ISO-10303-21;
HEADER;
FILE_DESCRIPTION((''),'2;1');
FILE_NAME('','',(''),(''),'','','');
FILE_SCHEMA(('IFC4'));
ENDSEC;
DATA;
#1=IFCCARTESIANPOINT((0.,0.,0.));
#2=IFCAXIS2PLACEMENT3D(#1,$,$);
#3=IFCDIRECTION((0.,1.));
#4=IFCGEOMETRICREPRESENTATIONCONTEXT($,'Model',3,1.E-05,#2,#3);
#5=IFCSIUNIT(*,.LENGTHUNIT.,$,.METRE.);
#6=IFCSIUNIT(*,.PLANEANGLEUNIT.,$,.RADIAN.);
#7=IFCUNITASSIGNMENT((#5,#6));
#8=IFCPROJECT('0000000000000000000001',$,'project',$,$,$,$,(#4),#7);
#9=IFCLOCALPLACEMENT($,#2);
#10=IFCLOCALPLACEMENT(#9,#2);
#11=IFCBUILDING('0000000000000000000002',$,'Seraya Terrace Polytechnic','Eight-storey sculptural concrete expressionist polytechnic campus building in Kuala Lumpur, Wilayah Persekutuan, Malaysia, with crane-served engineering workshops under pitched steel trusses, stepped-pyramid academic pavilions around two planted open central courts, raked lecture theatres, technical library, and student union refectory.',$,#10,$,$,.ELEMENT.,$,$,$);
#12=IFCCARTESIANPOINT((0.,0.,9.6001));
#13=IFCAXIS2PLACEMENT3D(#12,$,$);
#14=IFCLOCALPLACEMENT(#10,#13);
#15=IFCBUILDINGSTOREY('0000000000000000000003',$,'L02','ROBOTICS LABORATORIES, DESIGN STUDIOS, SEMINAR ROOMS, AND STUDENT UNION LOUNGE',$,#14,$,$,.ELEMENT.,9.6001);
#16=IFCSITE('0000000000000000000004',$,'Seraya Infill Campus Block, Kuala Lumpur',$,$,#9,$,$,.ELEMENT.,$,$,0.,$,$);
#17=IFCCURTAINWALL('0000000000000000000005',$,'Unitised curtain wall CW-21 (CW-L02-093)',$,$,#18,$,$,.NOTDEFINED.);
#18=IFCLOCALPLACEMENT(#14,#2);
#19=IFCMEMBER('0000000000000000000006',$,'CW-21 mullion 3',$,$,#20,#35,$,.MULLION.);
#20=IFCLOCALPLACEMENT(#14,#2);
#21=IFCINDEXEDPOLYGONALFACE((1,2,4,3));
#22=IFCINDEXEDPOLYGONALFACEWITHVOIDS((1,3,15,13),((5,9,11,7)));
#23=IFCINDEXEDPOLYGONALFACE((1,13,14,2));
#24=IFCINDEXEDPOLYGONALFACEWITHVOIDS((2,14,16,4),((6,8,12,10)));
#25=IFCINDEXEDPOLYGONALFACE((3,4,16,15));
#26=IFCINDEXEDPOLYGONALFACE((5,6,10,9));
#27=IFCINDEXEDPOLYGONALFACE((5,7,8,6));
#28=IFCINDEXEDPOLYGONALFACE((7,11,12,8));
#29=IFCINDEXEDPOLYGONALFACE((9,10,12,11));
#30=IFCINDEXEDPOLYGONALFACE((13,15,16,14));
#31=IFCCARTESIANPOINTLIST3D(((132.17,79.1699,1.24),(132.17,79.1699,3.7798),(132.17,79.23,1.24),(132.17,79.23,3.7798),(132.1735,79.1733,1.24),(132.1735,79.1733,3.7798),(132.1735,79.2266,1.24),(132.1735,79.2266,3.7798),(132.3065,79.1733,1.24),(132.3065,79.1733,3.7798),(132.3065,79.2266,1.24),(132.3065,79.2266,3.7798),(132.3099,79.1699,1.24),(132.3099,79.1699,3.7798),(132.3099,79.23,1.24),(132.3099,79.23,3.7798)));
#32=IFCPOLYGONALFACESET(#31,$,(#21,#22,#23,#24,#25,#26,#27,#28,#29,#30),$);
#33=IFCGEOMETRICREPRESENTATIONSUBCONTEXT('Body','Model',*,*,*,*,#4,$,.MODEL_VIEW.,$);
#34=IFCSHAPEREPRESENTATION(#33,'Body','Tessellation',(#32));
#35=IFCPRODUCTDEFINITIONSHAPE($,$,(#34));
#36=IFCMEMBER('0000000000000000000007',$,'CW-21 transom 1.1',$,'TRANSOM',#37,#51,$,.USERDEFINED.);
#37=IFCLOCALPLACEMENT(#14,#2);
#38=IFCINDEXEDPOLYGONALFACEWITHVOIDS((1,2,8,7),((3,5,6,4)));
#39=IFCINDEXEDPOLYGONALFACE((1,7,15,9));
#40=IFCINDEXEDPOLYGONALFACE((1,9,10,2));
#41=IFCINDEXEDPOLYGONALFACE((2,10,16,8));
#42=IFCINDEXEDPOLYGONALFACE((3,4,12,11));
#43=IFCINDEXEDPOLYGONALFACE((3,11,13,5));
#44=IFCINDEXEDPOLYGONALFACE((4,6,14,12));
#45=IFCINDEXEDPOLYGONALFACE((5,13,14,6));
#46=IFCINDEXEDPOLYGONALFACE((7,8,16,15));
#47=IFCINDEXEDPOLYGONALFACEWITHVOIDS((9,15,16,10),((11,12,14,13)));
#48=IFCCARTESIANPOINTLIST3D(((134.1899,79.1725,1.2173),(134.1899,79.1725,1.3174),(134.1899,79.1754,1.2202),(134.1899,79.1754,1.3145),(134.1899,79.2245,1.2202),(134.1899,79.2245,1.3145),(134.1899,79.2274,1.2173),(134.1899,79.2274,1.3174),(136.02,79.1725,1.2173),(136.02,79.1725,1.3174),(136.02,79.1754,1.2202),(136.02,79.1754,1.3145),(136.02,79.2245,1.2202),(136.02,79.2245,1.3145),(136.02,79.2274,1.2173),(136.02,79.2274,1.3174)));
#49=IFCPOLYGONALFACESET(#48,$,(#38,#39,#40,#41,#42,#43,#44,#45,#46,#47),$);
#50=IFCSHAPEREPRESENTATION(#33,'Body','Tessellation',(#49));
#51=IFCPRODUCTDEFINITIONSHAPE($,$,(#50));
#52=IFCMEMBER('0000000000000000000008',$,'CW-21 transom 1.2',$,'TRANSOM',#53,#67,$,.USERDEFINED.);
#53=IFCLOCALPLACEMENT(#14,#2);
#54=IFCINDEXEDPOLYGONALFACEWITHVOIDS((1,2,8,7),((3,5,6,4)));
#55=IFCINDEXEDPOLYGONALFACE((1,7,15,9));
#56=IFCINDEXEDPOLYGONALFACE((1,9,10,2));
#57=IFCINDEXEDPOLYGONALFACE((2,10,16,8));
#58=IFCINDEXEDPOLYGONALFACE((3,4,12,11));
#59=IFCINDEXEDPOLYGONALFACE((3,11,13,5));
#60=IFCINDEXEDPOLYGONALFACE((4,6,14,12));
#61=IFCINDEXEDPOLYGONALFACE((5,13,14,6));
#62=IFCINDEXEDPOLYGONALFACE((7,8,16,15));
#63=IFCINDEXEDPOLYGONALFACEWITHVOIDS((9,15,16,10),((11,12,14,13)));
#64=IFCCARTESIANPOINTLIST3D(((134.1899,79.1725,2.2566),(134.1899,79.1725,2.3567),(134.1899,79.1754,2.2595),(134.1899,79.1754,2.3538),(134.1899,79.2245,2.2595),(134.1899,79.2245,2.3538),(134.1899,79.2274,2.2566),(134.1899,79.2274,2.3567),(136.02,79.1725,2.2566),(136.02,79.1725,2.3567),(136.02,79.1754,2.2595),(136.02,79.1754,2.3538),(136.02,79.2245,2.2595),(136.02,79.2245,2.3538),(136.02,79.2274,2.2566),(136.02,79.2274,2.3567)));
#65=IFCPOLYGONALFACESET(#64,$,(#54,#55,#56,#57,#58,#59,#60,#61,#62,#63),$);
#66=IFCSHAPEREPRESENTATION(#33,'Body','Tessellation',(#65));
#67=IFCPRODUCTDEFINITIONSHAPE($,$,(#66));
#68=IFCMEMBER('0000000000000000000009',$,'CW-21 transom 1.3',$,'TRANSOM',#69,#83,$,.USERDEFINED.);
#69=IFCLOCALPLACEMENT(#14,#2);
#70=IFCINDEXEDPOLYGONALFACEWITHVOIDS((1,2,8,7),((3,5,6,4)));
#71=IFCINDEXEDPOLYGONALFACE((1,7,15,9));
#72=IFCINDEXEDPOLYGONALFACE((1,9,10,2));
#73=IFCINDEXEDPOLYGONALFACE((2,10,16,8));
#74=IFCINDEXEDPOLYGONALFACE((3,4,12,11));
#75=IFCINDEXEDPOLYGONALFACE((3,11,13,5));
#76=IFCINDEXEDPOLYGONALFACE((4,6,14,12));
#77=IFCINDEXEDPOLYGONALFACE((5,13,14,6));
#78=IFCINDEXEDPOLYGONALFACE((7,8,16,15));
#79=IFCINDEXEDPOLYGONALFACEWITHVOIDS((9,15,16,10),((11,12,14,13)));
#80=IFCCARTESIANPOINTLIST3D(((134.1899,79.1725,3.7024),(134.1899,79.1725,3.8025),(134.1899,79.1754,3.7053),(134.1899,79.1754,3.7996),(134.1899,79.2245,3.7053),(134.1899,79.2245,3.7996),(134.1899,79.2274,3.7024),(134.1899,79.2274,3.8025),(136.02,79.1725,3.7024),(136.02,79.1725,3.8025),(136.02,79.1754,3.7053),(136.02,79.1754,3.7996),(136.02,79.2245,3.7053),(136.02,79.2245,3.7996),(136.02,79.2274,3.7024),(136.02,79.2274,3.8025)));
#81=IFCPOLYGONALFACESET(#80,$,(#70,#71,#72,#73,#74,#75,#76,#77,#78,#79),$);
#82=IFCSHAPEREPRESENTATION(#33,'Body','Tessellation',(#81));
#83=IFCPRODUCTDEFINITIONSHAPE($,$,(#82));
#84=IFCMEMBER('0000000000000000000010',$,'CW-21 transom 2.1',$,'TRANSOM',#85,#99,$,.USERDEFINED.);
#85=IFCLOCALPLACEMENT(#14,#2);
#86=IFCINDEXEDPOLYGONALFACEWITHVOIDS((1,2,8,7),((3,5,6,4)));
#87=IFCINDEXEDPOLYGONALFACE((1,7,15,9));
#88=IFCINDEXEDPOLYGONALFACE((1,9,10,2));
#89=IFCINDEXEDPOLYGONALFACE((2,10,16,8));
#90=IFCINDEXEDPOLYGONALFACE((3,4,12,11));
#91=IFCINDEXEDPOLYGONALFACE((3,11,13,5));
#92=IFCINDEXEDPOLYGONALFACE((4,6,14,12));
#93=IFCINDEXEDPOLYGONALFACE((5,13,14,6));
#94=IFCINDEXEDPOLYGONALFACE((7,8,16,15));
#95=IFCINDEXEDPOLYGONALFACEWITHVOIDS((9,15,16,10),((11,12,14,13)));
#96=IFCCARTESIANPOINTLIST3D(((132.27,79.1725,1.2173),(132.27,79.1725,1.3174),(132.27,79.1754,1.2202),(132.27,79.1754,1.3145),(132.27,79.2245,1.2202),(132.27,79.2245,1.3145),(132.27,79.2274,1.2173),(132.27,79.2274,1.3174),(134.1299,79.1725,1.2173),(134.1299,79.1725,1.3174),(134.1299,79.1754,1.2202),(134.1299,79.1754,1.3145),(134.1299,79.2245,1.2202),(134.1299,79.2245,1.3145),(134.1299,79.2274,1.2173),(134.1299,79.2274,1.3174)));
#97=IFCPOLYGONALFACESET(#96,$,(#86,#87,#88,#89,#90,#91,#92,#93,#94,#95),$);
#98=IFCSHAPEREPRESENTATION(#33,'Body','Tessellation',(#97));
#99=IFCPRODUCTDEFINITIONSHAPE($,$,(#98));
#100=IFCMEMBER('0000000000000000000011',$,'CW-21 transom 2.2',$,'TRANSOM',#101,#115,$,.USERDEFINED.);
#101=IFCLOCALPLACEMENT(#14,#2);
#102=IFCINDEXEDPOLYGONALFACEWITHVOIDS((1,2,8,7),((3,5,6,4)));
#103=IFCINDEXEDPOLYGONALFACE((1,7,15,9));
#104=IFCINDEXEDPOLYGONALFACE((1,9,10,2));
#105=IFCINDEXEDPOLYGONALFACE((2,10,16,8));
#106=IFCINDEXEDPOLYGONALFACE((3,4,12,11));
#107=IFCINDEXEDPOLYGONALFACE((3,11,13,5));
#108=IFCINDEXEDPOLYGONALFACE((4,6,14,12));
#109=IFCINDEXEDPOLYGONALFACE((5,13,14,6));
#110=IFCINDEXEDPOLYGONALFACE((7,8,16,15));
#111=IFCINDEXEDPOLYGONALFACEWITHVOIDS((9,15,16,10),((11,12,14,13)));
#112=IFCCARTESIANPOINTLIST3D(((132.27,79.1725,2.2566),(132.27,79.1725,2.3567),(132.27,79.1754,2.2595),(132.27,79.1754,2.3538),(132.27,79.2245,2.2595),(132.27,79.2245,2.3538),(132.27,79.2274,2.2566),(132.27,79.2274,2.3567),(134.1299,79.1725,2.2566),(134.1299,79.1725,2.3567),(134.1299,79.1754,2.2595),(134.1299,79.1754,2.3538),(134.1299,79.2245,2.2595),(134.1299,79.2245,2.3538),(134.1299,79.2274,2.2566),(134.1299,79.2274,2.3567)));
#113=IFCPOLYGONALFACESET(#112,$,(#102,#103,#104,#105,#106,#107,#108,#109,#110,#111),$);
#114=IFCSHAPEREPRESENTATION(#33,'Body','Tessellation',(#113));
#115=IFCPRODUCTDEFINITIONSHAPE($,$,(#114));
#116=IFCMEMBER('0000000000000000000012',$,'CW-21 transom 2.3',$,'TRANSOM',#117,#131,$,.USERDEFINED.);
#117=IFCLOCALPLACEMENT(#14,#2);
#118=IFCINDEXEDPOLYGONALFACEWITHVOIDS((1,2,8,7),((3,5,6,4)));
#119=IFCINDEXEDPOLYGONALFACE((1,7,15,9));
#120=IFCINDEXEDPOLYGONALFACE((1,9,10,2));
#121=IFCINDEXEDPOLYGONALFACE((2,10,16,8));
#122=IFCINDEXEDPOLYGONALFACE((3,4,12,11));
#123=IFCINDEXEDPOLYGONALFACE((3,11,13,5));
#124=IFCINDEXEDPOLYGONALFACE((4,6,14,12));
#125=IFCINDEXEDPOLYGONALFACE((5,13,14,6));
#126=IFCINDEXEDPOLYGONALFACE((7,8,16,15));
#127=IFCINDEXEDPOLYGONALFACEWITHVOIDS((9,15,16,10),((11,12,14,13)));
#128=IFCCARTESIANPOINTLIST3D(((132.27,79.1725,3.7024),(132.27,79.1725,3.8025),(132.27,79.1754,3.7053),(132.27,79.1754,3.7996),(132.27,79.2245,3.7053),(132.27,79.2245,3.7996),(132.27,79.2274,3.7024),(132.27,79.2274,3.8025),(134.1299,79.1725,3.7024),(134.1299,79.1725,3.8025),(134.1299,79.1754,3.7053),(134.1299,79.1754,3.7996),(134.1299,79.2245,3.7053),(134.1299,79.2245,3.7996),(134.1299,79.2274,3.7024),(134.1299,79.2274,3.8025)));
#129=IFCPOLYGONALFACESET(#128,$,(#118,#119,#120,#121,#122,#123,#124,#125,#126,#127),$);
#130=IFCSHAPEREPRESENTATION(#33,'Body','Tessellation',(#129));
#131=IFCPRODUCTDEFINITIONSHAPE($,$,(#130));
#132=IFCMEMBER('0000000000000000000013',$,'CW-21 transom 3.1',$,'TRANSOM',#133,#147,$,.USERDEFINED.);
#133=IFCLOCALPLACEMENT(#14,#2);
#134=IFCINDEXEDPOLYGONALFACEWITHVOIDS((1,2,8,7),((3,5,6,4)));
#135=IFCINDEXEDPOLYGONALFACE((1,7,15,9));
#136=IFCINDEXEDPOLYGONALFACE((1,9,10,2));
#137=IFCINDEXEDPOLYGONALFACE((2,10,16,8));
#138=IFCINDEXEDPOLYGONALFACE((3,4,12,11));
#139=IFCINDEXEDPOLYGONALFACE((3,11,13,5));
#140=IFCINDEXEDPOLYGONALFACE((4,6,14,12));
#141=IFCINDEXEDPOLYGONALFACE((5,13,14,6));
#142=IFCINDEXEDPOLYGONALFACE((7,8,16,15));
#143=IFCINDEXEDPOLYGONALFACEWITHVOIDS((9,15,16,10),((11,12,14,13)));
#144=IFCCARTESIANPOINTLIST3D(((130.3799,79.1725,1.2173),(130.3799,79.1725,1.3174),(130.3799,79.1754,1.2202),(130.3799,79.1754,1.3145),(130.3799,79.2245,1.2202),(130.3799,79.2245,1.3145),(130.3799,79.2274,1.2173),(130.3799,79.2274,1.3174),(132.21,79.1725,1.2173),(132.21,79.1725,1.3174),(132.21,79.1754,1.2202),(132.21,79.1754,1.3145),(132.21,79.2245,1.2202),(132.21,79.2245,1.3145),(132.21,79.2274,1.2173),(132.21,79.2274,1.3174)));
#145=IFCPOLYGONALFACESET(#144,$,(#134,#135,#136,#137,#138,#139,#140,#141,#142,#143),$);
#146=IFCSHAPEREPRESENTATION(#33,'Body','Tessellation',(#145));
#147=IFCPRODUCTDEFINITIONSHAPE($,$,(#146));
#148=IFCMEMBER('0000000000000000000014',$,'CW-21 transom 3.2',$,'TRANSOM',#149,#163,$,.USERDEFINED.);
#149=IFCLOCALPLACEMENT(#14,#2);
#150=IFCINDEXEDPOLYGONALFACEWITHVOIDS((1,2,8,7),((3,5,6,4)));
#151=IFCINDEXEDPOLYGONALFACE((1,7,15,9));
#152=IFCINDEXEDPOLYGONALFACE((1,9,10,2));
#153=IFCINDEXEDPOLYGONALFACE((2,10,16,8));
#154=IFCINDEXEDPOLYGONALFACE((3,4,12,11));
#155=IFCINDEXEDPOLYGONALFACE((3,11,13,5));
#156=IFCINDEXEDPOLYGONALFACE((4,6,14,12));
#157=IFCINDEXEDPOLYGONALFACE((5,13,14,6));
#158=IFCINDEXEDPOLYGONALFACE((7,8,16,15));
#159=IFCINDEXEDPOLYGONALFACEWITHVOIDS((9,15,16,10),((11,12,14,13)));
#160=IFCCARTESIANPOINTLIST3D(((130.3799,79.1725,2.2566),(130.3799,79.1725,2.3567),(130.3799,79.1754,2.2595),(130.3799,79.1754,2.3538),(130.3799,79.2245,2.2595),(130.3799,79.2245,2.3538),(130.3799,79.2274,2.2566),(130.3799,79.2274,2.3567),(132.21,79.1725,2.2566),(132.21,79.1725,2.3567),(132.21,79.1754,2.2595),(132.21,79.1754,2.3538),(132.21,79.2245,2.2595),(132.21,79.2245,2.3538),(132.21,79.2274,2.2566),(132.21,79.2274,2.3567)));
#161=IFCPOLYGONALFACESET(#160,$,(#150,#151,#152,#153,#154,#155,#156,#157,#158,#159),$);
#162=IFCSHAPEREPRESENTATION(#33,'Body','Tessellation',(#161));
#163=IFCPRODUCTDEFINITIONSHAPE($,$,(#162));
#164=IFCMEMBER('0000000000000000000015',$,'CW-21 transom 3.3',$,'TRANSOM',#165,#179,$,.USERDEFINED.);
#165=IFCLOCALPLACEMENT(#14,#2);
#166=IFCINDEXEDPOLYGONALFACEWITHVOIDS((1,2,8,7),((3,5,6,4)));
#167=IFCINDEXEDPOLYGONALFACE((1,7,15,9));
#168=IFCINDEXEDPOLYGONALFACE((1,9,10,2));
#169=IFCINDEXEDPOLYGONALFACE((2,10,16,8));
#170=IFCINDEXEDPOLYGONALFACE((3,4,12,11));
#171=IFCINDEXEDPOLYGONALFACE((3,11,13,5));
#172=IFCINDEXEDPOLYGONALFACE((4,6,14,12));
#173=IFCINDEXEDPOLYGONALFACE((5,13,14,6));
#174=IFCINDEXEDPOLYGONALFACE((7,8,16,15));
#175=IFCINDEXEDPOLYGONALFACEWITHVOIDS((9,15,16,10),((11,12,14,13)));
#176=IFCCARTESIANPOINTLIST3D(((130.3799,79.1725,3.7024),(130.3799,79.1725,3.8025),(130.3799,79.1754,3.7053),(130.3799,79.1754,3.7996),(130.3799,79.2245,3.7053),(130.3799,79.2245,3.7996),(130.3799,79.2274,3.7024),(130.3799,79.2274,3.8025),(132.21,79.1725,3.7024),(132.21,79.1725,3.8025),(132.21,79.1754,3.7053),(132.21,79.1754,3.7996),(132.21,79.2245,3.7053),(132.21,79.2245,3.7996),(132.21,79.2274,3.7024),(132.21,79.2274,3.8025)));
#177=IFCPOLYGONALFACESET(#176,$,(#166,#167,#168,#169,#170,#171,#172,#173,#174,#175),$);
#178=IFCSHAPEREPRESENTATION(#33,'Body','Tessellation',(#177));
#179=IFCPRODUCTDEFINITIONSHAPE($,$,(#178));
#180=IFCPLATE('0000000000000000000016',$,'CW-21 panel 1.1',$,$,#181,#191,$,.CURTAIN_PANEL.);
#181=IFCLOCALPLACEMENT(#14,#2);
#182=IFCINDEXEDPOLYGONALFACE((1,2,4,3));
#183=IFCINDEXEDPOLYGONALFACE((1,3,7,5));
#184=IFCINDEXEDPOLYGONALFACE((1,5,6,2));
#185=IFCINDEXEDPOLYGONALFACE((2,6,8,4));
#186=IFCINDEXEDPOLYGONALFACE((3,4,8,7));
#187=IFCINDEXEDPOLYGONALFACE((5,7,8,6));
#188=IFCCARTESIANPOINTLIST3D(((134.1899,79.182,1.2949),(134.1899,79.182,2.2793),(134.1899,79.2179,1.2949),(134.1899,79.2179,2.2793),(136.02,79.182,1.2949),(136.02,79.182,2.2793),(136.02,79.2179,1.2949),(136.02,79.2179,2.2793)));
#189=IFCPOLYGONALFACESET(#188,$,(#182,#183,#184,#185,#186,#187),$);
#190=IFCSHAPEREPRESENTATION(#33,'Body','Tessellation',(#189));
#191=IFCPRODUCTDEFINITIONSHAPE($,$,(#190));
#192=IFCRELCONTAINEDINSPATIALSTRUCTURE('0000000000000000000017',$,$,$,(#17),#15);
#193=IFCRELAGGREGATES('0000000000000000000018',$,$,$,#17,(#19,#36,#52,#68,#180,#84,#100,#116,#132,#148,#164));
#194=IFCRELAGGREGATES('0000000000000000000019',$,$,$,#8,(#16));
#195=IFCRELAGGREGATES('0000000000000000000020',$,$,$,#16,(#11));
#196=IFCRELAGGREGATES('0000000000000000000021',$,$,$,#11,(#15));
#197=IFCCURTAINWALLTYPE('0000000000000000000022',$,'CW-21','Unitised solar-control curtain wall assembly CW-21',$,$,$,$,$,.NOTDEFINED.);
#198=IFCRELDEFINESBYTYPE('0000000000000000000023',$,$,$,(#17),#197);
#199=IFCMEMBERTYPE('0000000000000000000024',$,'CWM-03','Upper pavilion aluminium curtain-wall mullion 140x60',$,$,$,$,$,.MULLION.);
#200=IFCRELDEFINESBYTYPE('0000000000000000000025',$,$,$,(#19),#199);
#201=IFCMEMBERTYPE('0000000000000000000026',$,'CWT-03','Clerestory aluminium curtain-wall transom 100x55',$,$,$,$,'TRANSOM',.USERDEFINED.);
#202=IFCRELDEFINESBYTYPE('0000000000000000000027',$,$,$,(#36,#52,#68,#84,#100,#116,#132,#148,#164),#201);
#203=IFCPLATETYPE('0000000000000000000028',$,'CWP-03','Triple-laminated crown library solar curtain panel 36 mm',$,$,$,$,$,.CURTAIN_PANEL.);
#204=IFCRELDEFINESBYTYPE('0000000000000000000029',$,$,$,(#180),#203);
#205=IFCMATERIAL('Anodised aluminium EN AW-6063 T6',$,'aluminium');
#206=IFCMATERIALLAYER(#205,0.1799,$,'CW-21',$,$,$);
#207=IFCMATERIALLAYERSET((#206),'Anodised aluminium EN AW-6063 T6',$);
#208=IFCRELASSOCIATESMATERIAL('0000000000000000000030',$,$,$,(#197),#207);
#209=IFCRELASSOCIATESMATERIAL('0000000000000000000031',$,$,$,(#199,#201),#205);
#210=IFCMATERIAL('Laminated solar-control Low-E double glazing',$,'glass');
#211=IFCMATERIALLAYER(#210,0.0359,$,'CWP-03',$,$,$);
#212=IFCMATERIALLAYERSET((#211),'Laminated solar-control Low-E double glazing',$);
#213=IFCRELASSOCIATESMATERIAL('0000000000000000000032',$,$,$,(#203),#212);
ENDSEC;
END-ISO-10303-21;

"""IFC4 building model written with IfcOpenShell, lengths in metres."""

from ifc_helpers import new_model, si_unit, direction, frame, origin, origin_2d, place, context, subcontext, project, spatial, rectangle, hollow_rectangle, extrude, material, layer, layer_set, material_profile, profile_set, type_object, element, aggregate, save


model = new_model("IFC4")

# Units and contexts
model_context = context("Model", 3, precision=1e-05, world=origin(), true_north=direction((0.0, 1.0)))
body_context = subcontext(model_context, "Body", "Model", "MODEL_VIEW")
ifc_project = project(units=[si_unit("LENGTHUNIT", "METRE"), si_unit("PLANEANGLEUNIT", "RADIAN")], contexts=[model_context])

# Site, building, storey
site_placement = place(None, origin())
site = spatial("IfcSite", under=ifc_project, at=site_placement, Name="Seraya Infill Campus Block, Kuala Lumpur", CompositionType="ELEMENT", RefElevation=0.0)
building_placement = place(site_placement, origin())
building = spatial("IfcBuilding", under=site, at=building_placement, Name="Seraya Terrace Polytechnic", Description="Eight-storey sculptural concrete expressionist polytechnic campus building in Kuala Lumpur, Wilayah Persekutuan, Malaysia, with crane-served engineering workshops under pitched steel trusses, stepped-pyramid academic pavilions around two planted open central courts, raked lecture theatres, technical library, and student union refectory.", CompositionType="ELEMENT")
storey_placement = place(building_placement, frame((0.0, 0.0, 9.6001)))
storey = spatial("IfcBuildingStorey", under=building, at=storey_placement, Name="L02", Description="ROBOTICS LABORATORIES, DESIGN STUDIOS, SEMINAR ROOMS, AND STUDENT UNION LOUNGE", CompositionType="ELEMENT", Elevation=9.6001)

# Curtain wall, members, plate
ifc_material_1 = material(Name="Anodised aluminium EN AW-6063 T6", Category="aluminium")
ifc_layer_1 = layer(ifc_material_1, 0.1799, Name="CW-21")
ifc_layer_set_1 = layer_set([ifc_layer_1], Name="Anodised aluminium EN AW-6063 T6")
curtain_wall_type = type_object("IfcCurtainWallType", Name="CW-21", Description="Unitised solar-control curtain wall assembly CW-21", PredefinedType="NOTDEFINED", material=ifc_layer_set_1)
curtain_wall_placement = place(storey_placement, origin())
curtain_wall = element("IfcCurtainWall", 1, at=curtain_wall_placement, inside=storey, type_object=curtain_wall_type, Name="Unitised curtain wall CW-21 (CW-L02-093)", PredefinedType="NOTDEFINED")
ifc_material_profile_1 = material_profile(ifc_material_1, hollow_rectangle(XDim=0.0601, YDim=0.1399, WallThickness=0.0034, at=origin_2d()), Name="RHS 140x60x3.5")
ifc_profile_set_1 = profile_set([ifc_material_profile_1], Name="Anodised aluminium EN AW-6063 T6")
member_type_1 = type_object("IfcMemberType", Name="CWM-03", Description="Upper pavilion aluminium curtain-wall mullion 140x60", PredefinedType="MULLION", material=ifc_profile_set_1)
member_1_placement = place(storey_placement, frame((132.24, 79.2, 1.24), z_axis=(0.0, 0.0, 1.0), x_axis=(0.0, -1.0, 0.0)))
member_1 = element("IfcMember", 2, at=member_1_placement, type_object=member_type_1, Name="CW-21 mullion 3", PredefinedType="MULLION", context=body_context, shape_type="SweptSolid", body=[
    extrude(hollow_rectangle(XDim=0.0601, YDim=0.1399, WallThickness=0.0034, at=origin_2d()), origin(), (0.0, 0.0, 1.0), 2.5398),
])
ifc_material_profile_2 = material_profile(ifc_material_1, hollow_rectangle(XDim=0.0549, YDim=0.1001, WallThickness=0.0029, at=origin_2d()), Name="RHS 100x55x3.0")
ifc_profile_set_2 = profile_set([ifc_material_profile_2], Name="Anodised aluminium EN AW-6063 T6")
member_type_2 = type_object("IfcMemberType", Name="CWT-03", Description="Clerestory aluminium curtain-wall transom 100x55", ElementType="TRANSOM", PredefinedType="USERDEFINED", material=ifc_profile_set_2)
member_2_placement = place(storey_placement, frame((136.02, 79.2, 1.2673), z_axis=(-1.0, 0.0, 0.0), x_axis=(0.0, -1.0, 0.0)))
member_2 = element("IfcMember", 3, at=member_2_placement, type_object=member_type_2, Name="CW-21 transom 1.1", ObjectType="TRANSOM", PredefinedType="USERDEFINED", context=body_context, shape_type="SweptSolid", body=[
    extrude(hollow_rectangle(XDim=0.0549, YDim=0.1001, WallThickness=0.0029, at=origin_2d()), origin(), (0.0, 0.0, 1.0), 1.8301),
])
member_3_placement = place(storey_placement, frame((136.02, 79.2, 2.3066), z_axis=(-1.0, 0.0, 0.0), x_axis=(0.0, -1.0, 0.0)))
member_3 = element("IfcMember", 4, at=member_3_placement, type_object=member_type_2, Name="CW-21 transom 1.2", ObjectType="TRANSOM", PredefinedType="USERDEFINED", context=body_context, shape_type="SweptSolid", body=[
    extrude(hollow_rectangle(XDim=0.0549, YDim=0.1001, WallThickness=0.0029, at=origin_2d()), origin(), (0.0, 0.0, 1.0), 1.8301),
])
member_4_placement = place(storey_placement, frame((136.02, 79.2, 3.7524), z_axis=(-1.0, 0.0, 0.0), x_axis=(0.0, -1.0, 0.0)))
member_4 = element("IfcMember", 5, at=member_4_placement, type_object=member_type_2, Name="CW-21 transom 1.3", ObjectType="TRANSOM", PredefinedType="USERDEFINED", context=body_context, shape_type="SweptSolid", body=[
    extrude(hollow_rectangle(XDim=0.0549, YDim=0.1001, WallThickness=0.0029, at=origin_2d()), origin(), (0.0, 0.0, 1.0), 1.8301),
])
member_5_placement = place(storey_placement, frame((134.1299, 79.2, 1.2673), z_axis=(-1.0, 0.0, 0.0), x_axis=(0.0, -1.0, 0.0)))
member_5 = element("IfcMember", 6, at=member_5_placement, type_object=member_type_2, Name="CW-21 transom 2.1", ObjectType="TRANSOM", PredefinedType="USERDEFINED", context=body_context, shape_type="SweptSolid", body=[
    extrude(hollow_rectangle(XDim=0.0549, YDim=0.1001, WallThickness=0.0029, at=origin_2d()), origin(), (0.0, 0.0, 1.0), 1.8599),
])
member_6_placement = place(storey_placement, frame((134.1299, 79.2, 2.3066), z_axis=(-1.0, 0.0, 0.0), x_axis=(0.0, -1.0, 0.0)))
member_6 = element("IfcMember", 7, at=member_6_placement, type_object=member_type_2, Name="CW-21 transom 2.2", ObjectType="TRANSOM", PredefinedType="USERDEFINED", context=body_context, shape_type="SweptSolid", body=[
    extrude(hollow_rectangle(XDim=0.0549, YDim=0.1001, WallThickness=0.0029, at=origin_2d()), origin(), (0.0, 0.0, 1.0), 1.8599),
])
member_7_placement = place(storey_placement, frame((134.1299, 79.2, 3.7524), z_axis=(-1.0, 0.0, 0.0), x_axis=(0.0, -1.0, 0.0)))
member_7 = element("IfcMember", 8, at=member_7_placement, type_object=member_type_2, Name="CW-21 transom 2.3", ObjectType="TRANSOM", PredefinedType="USERDEFINED", context=body_context, shape_type="SweptSolid", body=[
    extrude(hollow_rectangle(XDim=0.0549, YDim=0.1001, WallThickness=0.0029, at=origin_2d()), origin(), (0.0, 0.0, 1.0), 1.8599),
])
member_8_placement = place(storey_placement, frame((132.21, 79.2, 1.2673), z_axis=(-1.0, 0.0, 0.0), x_axis=(0.0, -1.0, 0.0)))
member_8 = element("IfcMember", 9, at=member_8_placement, type_object=member_type_2, Name="CW-21 transom 3.1", ObjectType="TRANSOM", PredefinedType="USERDEFINED", context=body_context, shape_type="SweptSolid", body=[
    extrude(hollow_rectangle(XDim=0.0549, YDim=0.1001, WallThickness=0.0029, at=origin_2d()), origin(), (0.0, 0.0, 1.0), 1.8301),
])
member_9_placement = place(storey_placement, frame((132.21, 79.2, 2.3066), z_axis=(-1.0, 0.0, 0.0), x_axis=(0.0, -1.0, 0.0)))
member_9 = element("IfcMember", 10, at=member_9_placement, type_object=member_type_2, Name="CW-21 transom 3.2", ObjectType="TRANSOM", PredefinedType="USERDEFINED", context=body_context, shape_type="SweptSolid", body=[
    extrude(hollow_rectangle(XDim=0.0549, YDim=0.1001, WallThickness=0.0029, at=origin_2d()), origin(), (0.0, 0.0, 1.0), 1.8301),
])
member_10_placement = place(storey_placement, frame((132.21, 79.2, 3.7524), z_axis=(-1.0, 0.0, 0.0), x_axis=(0.0, -1.0, 0.0)))
member_10 = element("IfcMember", 11, at=member_10_placement, type_object=member_type_2, Name="CW-21 transom 3.3", ObjectType="TRANSOM", PredefinedType="USERDEFINED", context=body_context, shape_type="SweptSolid", body=[
    extrude(hollow_rectangle(XDim=0.0549, YDim=0.1001, WallThickness=0.0029, at=origin_2d()), origin(), (0.0, 0.0, 1.0), 1.8301),
])
ifc_material_2 = material(Name="Laminated solar-control Low-E double glazing", Category="glass")
ifc_layer_2 = layer(ifc_material_2, 0.0359, Name="CWP-03")
ifc_layer_set_2 = layer_set([ifc_layer_2], Name="Laminated solar-control Low-E double glazing")
plate_type = type_object("IfcPlateType", Name="CWP-03", Description="Triple-laminated crown library solar curtain panel 36 mm", PredefinedType="CURTAIN_PANEL", material=ifc_layer_set_2)
plate_1_placement = place(storey_placement, frame((135.105, 79.2, 1.2949), z_axis=(0.0, 0.0, 1.0), x_axis=(-1.0, 0.0, 0.0)))
plate_1 = element("IfcPlate", 12, at=plate_1_placement, type_object=plate_type, Name="CW-21 panel 1.1", PredefinedType="CURTAIN_PANEL", context=body_context, shape_type="SweptSolid", body=[
    extrude(rectangle(XDim=1.8301, YDim=0.0359, at=origin_2d()), origin(), (0.0, 0.0, 1.0), 0.9844),
])
aggregate(curtain_wall, [member_1, member_2, member_3, member_4, plate_1, member_5, member_6, member_7, member_8, member_9, member_10])

save(model, "model.ifc")
